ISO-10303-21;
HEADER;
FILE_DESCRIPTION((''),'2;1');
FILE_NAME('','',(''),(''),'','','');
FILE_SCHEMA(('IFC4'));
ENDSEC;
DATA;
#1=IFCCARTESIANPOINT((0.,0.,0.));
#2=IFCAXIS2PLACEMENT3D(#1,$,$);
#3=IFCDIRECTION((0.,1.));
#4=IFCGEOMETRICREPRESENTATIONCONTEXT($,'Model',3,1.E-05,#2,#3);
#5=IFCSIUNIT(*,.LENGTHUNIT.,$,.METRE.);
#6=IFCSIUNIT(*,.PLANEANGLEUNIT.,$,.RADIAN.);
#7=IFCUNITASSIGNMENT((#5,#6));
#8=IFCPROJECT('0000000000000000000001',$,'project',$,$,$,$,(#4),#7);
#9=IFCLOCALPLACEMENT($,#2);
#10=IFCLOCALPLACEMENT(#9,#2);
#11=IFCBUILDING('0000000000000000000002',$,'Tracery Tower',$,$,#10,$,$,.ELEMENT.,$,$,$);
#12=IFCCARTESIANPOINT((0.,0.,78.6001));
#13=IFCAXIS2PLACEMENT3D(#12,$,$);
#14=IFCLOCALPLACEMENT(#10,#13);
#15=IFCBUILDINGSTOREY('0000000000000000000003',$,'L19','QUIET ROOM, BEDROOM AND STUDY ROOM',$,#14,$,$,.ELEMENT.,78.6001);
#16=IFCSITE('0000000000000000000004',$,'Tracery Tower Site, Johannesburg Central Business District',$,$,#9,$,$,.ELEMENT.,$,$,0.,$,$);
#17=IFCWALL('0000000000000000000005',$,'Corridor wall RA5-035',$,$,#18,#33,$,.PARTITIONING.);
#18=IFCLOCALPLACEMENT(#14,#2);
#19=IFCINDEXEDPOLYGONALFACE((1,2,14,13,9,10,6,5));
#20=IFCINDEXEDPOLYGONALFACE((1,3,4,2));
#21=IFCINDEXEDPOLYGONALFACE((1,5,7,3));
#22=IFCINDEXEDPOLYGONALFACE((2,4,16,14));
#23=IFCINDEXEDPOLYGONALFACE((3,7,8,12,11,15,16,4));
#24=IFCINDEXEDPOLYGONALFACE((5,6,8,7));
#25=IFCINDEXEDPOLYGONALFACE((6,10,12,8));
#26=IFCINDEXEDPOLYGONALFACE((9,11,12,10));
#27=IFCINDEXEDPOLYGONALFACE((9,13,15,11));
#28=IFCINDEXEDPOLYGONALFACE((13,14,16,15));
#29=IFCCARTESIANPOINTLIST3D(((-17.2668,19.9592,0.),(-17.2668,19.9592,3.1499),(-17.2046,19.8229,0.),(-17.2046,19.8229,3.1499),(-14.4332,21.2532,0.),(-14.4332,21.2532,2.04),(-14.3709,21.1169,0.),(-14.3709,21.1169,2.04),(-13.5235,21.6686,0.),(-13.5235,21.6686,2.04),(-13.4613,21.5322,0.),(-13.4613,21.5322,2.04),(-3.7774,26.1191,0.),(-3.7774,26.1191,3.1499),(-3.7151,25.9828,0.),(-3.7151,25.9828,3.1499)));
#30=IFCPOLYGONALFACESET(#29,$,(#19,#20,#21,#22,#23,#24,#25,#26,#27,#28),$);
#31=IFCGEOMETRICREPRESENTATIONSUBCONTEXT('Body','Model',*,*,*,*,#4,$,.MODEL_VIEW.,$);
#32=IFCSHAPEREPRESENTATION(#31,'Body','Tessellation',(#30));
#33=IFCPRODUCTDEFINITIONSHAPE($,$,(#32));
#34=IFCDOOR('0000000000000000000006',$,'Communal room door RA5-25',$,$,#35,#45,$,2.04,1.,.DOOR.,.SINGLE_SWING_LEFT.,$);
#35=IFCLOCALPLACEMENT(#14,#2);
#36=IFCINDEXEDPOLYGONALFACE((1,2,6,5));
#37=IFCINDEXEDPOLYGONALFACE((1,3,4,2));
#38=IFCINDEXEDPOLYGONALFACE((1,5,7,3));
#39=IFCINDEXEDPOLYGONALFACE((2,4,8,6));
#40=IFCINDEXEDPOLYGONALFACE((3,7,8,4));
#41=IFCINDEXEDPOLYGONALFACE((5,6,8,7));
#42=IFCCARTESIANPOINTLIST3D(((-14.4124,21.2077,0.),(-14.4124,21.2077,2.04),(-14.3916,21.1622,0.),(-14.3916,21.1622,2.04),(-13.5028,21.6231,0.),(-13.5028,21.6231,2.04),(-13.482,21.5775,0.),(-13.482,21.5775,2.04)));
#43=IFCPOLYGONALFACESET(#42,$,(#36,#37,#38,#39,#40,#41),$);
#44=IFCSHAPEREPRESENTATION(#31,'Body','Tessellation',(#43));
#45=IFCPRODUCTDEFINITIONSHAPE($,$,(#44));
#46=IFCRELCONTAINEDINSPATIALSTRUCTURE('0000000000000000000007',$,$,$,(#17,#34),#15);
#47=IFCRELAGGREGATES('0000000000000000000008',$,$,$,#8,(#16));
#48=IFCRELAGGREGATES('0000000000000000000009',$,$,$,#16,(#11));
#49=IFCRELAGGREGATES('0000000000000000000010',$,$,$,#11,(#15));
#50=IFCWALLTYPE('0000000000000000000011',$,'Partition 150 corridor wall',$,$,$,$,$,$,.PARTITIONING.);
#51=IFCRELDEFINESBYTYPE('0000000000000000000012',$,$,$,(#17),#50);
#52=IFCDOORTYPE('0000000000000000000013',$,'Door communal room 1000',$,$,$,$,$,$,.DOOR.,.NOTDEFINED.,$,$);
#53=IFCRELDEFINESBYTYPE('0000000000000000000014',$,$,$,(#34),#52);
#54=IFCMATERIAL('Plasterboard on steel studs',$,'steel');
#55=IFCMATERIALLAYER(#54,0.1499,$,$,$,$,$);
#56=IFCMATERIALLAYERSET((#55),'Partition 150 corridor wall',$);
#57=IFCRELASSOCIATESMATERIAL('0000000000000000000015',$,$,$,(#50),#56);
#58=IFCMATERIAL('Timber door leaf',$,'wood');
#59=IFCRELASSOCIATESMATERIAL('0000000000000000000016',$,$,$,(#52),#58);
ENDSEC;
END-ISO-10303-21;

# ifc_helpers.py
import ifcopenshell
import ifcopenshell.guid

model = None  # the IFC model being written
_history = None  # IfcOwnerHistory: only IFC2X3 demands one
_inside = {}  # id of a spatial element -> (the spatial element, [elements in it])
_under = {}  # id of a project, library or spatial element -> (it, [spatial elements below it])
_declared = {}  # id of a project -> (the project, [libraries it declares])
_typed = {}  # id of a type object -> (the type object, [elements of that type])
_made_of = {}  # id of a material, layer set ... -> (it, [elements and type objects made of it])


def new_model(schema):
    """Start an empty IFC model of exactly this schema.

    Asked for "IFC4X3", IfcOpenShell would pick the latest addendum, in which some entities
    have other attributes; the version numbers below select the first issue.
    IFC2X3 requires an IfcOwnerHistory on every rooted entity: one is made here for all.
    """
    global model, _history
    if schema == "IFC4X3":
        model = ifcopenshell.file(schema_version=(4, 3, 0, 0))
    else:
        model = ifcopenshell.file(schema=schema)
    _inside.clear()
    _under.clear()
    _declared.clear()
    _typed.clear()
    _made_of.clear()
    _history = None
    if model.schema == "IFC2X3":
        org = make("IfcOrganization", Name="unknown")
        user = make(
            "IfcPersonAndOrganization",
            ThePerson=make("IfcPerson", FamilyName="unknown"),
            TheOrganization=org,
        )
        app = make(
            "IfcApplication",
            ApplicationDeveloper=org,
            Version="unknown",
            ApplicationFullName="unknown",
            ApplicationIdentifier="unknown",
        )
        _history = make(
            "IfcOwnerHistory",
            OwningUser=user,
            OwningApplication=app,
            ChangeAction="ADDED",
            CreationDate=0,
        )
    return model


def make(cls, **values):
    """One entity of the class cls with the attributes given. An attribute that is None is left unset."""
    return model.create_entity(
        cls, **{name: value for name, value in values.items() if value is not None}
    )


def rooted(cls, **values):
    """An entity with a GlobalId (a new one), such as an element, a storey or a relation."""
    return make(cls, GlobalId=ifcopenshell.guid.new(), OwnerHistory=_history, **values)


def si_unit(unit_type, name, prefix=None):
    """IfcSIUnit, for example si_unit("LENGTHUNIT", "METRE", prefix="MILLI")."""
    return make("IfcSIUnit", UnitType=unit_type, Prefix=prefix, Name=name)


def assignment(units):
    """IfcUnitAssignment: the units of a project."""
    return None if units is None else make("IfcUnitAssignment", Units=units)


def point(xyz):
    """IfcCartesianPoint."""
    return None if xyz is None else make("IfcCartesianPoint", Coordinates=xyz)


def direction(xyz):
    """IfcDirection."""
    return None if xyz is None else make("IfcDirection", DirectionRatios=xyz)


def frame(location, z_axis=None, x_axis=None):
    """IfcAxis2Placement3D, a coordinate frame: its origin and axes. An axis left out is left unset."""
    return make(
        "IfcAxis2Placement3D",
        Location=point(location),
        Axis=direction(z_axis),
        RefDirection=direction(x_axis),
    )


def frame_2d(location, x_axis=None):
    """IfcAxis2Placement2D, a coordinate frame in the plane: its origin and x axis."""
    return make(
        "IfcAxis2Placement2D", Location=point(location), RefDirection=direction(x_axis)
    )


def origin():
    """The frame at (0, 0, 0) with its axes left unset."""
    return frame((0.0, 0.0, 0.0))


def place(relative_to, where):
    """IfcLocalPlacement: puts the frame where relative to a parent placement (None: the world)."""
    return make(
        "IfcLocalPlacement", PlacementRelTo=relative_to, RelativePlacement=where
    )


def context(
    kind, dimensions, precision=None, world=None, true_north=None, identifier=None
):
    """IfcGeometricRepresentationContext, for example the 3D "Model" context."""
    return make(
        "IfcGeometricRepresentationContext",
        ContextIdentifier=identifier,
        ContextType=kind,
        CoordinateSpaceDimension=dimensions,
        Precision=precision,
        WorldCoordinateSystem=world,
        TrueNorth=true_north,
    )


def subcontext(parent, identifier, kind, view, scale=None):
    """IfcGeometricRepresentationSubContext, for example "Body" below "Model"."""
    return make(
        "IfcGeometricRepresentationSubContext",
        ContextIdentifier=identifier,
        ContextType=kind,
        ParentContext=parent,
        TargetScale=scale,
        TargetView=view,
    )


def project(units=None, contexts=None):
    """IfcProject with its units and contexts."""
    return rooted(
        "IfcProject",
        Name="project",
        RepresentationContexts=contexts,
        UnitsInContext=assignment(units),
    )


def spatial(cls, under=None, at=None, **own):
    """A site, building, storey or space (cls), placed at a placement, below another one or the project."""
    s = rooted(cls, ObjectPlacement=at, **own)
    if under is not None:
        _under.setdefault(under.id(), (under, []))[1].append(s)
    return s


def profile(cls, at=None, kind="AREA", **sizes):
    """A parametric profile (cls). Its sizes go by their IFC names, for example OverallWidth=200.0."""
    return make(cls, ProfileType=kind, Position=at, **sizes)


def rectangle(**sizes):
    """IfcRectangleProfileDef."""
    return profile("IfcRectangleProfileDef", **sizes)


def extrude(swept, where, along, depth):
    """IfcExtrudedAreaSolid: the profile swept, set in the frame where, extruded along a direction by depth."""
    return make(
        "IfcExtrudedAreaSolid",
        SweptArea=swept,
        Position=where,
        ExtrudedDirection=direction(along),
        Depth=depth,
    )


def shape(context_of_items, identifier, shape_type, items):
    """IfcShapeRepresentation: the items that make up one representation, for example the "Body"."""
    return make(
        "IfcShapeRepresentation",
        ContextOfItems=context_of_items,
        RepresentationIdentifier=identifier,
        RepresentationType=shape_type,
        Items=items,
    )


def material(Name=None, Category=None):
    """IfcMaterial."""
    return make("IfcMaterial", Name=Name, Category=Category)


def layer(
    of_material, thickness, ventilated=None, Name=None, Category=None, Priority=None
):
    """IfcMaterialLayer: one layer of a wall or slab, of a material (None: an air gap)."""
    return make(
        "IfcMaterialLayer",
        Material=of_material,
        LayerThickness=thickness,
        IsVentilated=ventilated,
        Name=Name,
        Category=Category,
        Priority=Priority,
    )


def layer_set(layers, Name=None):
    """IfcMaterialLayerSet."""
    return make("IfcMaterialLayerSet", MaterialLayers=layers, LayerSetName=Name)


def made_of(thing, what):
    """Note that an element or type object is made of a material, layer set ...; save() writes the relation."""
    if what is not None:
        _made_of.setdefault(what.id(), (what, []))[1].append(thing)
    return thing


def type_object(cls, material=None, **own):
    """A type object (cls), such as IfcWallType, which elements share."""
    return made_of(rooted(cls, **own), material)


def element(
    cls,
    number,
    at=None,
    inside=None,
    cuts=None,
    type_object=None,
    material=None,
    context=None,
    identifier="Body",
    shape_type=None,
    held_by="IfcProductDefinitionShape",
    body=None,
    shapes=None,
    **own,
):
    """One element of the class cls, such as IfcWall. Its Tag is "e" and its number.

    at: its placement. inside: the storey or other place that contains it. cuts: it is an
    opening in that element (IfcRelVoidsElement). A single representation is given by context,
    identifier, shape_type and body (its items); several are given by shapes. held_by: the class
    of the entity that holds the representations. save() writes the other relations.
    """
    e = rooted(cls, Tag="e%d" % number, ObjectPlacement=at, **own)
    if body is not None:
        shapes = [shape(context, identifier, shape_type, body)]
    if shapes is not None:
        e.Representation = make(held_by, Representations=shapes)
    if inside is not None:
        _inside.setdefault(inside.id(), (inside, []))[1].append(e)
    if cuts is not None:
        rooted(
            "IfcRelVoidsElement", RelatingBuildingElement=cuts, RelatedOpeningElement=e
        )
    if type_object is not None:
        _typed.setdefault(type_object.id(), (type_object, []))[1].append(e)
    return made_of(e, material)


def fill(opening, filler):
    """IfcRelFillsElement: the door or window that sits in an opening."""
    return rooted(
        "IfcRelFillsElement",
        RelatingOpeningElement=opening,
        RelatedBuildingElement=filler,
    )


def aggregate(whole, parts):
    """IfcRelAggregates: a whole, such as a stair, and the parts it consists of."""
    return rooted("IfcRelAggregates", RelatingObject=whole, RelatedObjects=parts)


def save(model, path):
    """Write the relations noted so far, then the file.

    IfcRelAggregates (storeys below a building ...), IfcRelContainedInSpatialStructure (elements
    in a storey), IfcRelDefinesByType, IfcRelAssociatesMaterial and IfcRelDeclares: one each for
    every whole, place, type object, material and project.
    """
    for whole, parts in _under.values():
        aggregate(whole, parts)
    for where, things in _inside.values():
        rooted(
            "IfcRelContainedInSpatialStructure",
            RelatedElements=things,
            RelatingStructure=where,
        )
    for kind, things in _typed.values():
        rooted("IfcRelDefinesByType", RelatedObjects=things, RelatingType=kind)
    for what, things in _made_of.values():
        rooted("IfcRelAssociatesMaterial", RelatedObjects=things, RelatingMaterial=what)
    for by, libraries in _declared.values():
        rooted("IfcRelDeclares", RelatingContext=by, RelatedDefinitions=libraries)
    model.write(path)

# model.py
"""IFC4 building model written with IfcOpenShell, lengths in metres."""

from ifc_helpers import new_model, si_unit, direction, frame, frame_2d, origin, place, context, subcontext, project, spatial, rectangle, extrude, material, layer, layer_set, type_object, element, fill, save


model = new_model("IFC4")

# Units and contexts
model_context = context("Model", 3, precision=1e-05, world=origin(), true_north=direction((0.0, 1.0)))
body_context = subcontext(model_context, "Body", "Model", "MODEL_VIEW")
ifc_project = project(units=[si_unit("LENGTHUNIT", "METRE"), si_unit("PLANEANGLEUNIT", "RADIAN")], contexts=[model_context])

# Site, building, storey
site_placement = place(None, origin())
site = spatial("IfcSite", under=ifc_project, at=site_placement, Name="Tracery Tower Site, Johannesburg Central Business District", CompositionType="ELEMENT", RefElevation=0.0)
building_placement = place(site_placement, origin())
building = spatial("IfcBuilding", under=site, at=building_placement, Name="Tracery Tower", CompositionType="ELEMENT")
storey_placement = place(building_placement, frame((0.0, 0.0, 78.6001)))
storey = spatial("IfcBuildingStorey", under=building, at=storey_placement, Name="L19", Description="QUIET ROOM, BEDROOM AND STUDY ROOM", CompositionType="ELEMENT", Elevation=78.6001)

# Shared definitions
ifc_material_1 = material(Name="Plasterboard on steel studs", Category="steel")
ifc_layer_1 = layer(ifc_material_1, 0.1499)
ifc_layer_set_1 = layer_set([ifc_layer_1], Name="Partition 150 corridor wall")
wall_type_1 = type_object("IfcWallType", Name="Partition 150 corridor wall", PredefinedType="PARTITIONING", material=ifc_layer_set_1)

# Wall, opening, door
wall_1_placement = place(storey_placement, frame((-17.2356, 19.8911, 0.0), z_axis=(0.0, 0.0, 1.0), x_axis=(0.909646, 0.415385, 0.0)))
wall_1 = element("IfcWall", 1, at=wall_1_placement, inside=storey, type_object=wall_type_1, Name="Corridor wall RA5-035", PredefinedType="PARTITIONING", context=body_context, shape_type="SweptSolid", body=[
    extrude(rectangle(XDim=14.8293, YDim=0.1499, at=frame_2d((7.4146, 0.0))), origin(), (0.0, 0.0, 1.0), 3.1499),
])
opening_1_placement = place(wall_1_placement, frame((3.115, 0.0, 0.0)))
opening_1 = element("IfcOpeningElement", 2, at=opening_1_placement, cuts=wall_1, PredefinedType="OPENING", context=body_context, shape_type="SweptSolid", body=[
    extrude(rectangle(XDim=1.0, YDim=2.04, at=frame_2d((0.5, 1.02))), frame((0.0, 0.075, 0.0), z_axis=(0.0, -1.0, 0.0), x_axis=(1.0, 0.0, 0.0)), (0.0, 0.0, 1.0), 0.1499),
])
ifc_material_2 = material(Name="Timber door leaf", Category="wood")
door_type = type_object("IfcDoorType", Name="Door communal room 1000", OperationType="NOTDEFINED", PredefinedType="DOOR", material=ifc_material_2)
door_placement = place(opening_1_placement, origin())
door = element("IfcDoor", 3, at=door_placement, inside=storey, type_object=door_type, Name="Communal room door RA5-25", OperationType="SINGLE_SWING_LEFT", OverallHeight=2.04, OverallWidth=1.0, PredefinedType="DOOR", context=body_context, shape_type="SweptSolid", body=[
    extrude(rectangle(XDim=1.0, YDim=2.04, at=frame_2d((0.5, 1.02))), frame((0.0, 0.0249, 0.0), z_axis=(0.0, -1.0, 0.0), x_axis=(1.0, 0.0, 0.0)), (0.0, 0.0, 1.0), 0.05),
])
fill(opening_1, door)

save(model, "model.ifc")
